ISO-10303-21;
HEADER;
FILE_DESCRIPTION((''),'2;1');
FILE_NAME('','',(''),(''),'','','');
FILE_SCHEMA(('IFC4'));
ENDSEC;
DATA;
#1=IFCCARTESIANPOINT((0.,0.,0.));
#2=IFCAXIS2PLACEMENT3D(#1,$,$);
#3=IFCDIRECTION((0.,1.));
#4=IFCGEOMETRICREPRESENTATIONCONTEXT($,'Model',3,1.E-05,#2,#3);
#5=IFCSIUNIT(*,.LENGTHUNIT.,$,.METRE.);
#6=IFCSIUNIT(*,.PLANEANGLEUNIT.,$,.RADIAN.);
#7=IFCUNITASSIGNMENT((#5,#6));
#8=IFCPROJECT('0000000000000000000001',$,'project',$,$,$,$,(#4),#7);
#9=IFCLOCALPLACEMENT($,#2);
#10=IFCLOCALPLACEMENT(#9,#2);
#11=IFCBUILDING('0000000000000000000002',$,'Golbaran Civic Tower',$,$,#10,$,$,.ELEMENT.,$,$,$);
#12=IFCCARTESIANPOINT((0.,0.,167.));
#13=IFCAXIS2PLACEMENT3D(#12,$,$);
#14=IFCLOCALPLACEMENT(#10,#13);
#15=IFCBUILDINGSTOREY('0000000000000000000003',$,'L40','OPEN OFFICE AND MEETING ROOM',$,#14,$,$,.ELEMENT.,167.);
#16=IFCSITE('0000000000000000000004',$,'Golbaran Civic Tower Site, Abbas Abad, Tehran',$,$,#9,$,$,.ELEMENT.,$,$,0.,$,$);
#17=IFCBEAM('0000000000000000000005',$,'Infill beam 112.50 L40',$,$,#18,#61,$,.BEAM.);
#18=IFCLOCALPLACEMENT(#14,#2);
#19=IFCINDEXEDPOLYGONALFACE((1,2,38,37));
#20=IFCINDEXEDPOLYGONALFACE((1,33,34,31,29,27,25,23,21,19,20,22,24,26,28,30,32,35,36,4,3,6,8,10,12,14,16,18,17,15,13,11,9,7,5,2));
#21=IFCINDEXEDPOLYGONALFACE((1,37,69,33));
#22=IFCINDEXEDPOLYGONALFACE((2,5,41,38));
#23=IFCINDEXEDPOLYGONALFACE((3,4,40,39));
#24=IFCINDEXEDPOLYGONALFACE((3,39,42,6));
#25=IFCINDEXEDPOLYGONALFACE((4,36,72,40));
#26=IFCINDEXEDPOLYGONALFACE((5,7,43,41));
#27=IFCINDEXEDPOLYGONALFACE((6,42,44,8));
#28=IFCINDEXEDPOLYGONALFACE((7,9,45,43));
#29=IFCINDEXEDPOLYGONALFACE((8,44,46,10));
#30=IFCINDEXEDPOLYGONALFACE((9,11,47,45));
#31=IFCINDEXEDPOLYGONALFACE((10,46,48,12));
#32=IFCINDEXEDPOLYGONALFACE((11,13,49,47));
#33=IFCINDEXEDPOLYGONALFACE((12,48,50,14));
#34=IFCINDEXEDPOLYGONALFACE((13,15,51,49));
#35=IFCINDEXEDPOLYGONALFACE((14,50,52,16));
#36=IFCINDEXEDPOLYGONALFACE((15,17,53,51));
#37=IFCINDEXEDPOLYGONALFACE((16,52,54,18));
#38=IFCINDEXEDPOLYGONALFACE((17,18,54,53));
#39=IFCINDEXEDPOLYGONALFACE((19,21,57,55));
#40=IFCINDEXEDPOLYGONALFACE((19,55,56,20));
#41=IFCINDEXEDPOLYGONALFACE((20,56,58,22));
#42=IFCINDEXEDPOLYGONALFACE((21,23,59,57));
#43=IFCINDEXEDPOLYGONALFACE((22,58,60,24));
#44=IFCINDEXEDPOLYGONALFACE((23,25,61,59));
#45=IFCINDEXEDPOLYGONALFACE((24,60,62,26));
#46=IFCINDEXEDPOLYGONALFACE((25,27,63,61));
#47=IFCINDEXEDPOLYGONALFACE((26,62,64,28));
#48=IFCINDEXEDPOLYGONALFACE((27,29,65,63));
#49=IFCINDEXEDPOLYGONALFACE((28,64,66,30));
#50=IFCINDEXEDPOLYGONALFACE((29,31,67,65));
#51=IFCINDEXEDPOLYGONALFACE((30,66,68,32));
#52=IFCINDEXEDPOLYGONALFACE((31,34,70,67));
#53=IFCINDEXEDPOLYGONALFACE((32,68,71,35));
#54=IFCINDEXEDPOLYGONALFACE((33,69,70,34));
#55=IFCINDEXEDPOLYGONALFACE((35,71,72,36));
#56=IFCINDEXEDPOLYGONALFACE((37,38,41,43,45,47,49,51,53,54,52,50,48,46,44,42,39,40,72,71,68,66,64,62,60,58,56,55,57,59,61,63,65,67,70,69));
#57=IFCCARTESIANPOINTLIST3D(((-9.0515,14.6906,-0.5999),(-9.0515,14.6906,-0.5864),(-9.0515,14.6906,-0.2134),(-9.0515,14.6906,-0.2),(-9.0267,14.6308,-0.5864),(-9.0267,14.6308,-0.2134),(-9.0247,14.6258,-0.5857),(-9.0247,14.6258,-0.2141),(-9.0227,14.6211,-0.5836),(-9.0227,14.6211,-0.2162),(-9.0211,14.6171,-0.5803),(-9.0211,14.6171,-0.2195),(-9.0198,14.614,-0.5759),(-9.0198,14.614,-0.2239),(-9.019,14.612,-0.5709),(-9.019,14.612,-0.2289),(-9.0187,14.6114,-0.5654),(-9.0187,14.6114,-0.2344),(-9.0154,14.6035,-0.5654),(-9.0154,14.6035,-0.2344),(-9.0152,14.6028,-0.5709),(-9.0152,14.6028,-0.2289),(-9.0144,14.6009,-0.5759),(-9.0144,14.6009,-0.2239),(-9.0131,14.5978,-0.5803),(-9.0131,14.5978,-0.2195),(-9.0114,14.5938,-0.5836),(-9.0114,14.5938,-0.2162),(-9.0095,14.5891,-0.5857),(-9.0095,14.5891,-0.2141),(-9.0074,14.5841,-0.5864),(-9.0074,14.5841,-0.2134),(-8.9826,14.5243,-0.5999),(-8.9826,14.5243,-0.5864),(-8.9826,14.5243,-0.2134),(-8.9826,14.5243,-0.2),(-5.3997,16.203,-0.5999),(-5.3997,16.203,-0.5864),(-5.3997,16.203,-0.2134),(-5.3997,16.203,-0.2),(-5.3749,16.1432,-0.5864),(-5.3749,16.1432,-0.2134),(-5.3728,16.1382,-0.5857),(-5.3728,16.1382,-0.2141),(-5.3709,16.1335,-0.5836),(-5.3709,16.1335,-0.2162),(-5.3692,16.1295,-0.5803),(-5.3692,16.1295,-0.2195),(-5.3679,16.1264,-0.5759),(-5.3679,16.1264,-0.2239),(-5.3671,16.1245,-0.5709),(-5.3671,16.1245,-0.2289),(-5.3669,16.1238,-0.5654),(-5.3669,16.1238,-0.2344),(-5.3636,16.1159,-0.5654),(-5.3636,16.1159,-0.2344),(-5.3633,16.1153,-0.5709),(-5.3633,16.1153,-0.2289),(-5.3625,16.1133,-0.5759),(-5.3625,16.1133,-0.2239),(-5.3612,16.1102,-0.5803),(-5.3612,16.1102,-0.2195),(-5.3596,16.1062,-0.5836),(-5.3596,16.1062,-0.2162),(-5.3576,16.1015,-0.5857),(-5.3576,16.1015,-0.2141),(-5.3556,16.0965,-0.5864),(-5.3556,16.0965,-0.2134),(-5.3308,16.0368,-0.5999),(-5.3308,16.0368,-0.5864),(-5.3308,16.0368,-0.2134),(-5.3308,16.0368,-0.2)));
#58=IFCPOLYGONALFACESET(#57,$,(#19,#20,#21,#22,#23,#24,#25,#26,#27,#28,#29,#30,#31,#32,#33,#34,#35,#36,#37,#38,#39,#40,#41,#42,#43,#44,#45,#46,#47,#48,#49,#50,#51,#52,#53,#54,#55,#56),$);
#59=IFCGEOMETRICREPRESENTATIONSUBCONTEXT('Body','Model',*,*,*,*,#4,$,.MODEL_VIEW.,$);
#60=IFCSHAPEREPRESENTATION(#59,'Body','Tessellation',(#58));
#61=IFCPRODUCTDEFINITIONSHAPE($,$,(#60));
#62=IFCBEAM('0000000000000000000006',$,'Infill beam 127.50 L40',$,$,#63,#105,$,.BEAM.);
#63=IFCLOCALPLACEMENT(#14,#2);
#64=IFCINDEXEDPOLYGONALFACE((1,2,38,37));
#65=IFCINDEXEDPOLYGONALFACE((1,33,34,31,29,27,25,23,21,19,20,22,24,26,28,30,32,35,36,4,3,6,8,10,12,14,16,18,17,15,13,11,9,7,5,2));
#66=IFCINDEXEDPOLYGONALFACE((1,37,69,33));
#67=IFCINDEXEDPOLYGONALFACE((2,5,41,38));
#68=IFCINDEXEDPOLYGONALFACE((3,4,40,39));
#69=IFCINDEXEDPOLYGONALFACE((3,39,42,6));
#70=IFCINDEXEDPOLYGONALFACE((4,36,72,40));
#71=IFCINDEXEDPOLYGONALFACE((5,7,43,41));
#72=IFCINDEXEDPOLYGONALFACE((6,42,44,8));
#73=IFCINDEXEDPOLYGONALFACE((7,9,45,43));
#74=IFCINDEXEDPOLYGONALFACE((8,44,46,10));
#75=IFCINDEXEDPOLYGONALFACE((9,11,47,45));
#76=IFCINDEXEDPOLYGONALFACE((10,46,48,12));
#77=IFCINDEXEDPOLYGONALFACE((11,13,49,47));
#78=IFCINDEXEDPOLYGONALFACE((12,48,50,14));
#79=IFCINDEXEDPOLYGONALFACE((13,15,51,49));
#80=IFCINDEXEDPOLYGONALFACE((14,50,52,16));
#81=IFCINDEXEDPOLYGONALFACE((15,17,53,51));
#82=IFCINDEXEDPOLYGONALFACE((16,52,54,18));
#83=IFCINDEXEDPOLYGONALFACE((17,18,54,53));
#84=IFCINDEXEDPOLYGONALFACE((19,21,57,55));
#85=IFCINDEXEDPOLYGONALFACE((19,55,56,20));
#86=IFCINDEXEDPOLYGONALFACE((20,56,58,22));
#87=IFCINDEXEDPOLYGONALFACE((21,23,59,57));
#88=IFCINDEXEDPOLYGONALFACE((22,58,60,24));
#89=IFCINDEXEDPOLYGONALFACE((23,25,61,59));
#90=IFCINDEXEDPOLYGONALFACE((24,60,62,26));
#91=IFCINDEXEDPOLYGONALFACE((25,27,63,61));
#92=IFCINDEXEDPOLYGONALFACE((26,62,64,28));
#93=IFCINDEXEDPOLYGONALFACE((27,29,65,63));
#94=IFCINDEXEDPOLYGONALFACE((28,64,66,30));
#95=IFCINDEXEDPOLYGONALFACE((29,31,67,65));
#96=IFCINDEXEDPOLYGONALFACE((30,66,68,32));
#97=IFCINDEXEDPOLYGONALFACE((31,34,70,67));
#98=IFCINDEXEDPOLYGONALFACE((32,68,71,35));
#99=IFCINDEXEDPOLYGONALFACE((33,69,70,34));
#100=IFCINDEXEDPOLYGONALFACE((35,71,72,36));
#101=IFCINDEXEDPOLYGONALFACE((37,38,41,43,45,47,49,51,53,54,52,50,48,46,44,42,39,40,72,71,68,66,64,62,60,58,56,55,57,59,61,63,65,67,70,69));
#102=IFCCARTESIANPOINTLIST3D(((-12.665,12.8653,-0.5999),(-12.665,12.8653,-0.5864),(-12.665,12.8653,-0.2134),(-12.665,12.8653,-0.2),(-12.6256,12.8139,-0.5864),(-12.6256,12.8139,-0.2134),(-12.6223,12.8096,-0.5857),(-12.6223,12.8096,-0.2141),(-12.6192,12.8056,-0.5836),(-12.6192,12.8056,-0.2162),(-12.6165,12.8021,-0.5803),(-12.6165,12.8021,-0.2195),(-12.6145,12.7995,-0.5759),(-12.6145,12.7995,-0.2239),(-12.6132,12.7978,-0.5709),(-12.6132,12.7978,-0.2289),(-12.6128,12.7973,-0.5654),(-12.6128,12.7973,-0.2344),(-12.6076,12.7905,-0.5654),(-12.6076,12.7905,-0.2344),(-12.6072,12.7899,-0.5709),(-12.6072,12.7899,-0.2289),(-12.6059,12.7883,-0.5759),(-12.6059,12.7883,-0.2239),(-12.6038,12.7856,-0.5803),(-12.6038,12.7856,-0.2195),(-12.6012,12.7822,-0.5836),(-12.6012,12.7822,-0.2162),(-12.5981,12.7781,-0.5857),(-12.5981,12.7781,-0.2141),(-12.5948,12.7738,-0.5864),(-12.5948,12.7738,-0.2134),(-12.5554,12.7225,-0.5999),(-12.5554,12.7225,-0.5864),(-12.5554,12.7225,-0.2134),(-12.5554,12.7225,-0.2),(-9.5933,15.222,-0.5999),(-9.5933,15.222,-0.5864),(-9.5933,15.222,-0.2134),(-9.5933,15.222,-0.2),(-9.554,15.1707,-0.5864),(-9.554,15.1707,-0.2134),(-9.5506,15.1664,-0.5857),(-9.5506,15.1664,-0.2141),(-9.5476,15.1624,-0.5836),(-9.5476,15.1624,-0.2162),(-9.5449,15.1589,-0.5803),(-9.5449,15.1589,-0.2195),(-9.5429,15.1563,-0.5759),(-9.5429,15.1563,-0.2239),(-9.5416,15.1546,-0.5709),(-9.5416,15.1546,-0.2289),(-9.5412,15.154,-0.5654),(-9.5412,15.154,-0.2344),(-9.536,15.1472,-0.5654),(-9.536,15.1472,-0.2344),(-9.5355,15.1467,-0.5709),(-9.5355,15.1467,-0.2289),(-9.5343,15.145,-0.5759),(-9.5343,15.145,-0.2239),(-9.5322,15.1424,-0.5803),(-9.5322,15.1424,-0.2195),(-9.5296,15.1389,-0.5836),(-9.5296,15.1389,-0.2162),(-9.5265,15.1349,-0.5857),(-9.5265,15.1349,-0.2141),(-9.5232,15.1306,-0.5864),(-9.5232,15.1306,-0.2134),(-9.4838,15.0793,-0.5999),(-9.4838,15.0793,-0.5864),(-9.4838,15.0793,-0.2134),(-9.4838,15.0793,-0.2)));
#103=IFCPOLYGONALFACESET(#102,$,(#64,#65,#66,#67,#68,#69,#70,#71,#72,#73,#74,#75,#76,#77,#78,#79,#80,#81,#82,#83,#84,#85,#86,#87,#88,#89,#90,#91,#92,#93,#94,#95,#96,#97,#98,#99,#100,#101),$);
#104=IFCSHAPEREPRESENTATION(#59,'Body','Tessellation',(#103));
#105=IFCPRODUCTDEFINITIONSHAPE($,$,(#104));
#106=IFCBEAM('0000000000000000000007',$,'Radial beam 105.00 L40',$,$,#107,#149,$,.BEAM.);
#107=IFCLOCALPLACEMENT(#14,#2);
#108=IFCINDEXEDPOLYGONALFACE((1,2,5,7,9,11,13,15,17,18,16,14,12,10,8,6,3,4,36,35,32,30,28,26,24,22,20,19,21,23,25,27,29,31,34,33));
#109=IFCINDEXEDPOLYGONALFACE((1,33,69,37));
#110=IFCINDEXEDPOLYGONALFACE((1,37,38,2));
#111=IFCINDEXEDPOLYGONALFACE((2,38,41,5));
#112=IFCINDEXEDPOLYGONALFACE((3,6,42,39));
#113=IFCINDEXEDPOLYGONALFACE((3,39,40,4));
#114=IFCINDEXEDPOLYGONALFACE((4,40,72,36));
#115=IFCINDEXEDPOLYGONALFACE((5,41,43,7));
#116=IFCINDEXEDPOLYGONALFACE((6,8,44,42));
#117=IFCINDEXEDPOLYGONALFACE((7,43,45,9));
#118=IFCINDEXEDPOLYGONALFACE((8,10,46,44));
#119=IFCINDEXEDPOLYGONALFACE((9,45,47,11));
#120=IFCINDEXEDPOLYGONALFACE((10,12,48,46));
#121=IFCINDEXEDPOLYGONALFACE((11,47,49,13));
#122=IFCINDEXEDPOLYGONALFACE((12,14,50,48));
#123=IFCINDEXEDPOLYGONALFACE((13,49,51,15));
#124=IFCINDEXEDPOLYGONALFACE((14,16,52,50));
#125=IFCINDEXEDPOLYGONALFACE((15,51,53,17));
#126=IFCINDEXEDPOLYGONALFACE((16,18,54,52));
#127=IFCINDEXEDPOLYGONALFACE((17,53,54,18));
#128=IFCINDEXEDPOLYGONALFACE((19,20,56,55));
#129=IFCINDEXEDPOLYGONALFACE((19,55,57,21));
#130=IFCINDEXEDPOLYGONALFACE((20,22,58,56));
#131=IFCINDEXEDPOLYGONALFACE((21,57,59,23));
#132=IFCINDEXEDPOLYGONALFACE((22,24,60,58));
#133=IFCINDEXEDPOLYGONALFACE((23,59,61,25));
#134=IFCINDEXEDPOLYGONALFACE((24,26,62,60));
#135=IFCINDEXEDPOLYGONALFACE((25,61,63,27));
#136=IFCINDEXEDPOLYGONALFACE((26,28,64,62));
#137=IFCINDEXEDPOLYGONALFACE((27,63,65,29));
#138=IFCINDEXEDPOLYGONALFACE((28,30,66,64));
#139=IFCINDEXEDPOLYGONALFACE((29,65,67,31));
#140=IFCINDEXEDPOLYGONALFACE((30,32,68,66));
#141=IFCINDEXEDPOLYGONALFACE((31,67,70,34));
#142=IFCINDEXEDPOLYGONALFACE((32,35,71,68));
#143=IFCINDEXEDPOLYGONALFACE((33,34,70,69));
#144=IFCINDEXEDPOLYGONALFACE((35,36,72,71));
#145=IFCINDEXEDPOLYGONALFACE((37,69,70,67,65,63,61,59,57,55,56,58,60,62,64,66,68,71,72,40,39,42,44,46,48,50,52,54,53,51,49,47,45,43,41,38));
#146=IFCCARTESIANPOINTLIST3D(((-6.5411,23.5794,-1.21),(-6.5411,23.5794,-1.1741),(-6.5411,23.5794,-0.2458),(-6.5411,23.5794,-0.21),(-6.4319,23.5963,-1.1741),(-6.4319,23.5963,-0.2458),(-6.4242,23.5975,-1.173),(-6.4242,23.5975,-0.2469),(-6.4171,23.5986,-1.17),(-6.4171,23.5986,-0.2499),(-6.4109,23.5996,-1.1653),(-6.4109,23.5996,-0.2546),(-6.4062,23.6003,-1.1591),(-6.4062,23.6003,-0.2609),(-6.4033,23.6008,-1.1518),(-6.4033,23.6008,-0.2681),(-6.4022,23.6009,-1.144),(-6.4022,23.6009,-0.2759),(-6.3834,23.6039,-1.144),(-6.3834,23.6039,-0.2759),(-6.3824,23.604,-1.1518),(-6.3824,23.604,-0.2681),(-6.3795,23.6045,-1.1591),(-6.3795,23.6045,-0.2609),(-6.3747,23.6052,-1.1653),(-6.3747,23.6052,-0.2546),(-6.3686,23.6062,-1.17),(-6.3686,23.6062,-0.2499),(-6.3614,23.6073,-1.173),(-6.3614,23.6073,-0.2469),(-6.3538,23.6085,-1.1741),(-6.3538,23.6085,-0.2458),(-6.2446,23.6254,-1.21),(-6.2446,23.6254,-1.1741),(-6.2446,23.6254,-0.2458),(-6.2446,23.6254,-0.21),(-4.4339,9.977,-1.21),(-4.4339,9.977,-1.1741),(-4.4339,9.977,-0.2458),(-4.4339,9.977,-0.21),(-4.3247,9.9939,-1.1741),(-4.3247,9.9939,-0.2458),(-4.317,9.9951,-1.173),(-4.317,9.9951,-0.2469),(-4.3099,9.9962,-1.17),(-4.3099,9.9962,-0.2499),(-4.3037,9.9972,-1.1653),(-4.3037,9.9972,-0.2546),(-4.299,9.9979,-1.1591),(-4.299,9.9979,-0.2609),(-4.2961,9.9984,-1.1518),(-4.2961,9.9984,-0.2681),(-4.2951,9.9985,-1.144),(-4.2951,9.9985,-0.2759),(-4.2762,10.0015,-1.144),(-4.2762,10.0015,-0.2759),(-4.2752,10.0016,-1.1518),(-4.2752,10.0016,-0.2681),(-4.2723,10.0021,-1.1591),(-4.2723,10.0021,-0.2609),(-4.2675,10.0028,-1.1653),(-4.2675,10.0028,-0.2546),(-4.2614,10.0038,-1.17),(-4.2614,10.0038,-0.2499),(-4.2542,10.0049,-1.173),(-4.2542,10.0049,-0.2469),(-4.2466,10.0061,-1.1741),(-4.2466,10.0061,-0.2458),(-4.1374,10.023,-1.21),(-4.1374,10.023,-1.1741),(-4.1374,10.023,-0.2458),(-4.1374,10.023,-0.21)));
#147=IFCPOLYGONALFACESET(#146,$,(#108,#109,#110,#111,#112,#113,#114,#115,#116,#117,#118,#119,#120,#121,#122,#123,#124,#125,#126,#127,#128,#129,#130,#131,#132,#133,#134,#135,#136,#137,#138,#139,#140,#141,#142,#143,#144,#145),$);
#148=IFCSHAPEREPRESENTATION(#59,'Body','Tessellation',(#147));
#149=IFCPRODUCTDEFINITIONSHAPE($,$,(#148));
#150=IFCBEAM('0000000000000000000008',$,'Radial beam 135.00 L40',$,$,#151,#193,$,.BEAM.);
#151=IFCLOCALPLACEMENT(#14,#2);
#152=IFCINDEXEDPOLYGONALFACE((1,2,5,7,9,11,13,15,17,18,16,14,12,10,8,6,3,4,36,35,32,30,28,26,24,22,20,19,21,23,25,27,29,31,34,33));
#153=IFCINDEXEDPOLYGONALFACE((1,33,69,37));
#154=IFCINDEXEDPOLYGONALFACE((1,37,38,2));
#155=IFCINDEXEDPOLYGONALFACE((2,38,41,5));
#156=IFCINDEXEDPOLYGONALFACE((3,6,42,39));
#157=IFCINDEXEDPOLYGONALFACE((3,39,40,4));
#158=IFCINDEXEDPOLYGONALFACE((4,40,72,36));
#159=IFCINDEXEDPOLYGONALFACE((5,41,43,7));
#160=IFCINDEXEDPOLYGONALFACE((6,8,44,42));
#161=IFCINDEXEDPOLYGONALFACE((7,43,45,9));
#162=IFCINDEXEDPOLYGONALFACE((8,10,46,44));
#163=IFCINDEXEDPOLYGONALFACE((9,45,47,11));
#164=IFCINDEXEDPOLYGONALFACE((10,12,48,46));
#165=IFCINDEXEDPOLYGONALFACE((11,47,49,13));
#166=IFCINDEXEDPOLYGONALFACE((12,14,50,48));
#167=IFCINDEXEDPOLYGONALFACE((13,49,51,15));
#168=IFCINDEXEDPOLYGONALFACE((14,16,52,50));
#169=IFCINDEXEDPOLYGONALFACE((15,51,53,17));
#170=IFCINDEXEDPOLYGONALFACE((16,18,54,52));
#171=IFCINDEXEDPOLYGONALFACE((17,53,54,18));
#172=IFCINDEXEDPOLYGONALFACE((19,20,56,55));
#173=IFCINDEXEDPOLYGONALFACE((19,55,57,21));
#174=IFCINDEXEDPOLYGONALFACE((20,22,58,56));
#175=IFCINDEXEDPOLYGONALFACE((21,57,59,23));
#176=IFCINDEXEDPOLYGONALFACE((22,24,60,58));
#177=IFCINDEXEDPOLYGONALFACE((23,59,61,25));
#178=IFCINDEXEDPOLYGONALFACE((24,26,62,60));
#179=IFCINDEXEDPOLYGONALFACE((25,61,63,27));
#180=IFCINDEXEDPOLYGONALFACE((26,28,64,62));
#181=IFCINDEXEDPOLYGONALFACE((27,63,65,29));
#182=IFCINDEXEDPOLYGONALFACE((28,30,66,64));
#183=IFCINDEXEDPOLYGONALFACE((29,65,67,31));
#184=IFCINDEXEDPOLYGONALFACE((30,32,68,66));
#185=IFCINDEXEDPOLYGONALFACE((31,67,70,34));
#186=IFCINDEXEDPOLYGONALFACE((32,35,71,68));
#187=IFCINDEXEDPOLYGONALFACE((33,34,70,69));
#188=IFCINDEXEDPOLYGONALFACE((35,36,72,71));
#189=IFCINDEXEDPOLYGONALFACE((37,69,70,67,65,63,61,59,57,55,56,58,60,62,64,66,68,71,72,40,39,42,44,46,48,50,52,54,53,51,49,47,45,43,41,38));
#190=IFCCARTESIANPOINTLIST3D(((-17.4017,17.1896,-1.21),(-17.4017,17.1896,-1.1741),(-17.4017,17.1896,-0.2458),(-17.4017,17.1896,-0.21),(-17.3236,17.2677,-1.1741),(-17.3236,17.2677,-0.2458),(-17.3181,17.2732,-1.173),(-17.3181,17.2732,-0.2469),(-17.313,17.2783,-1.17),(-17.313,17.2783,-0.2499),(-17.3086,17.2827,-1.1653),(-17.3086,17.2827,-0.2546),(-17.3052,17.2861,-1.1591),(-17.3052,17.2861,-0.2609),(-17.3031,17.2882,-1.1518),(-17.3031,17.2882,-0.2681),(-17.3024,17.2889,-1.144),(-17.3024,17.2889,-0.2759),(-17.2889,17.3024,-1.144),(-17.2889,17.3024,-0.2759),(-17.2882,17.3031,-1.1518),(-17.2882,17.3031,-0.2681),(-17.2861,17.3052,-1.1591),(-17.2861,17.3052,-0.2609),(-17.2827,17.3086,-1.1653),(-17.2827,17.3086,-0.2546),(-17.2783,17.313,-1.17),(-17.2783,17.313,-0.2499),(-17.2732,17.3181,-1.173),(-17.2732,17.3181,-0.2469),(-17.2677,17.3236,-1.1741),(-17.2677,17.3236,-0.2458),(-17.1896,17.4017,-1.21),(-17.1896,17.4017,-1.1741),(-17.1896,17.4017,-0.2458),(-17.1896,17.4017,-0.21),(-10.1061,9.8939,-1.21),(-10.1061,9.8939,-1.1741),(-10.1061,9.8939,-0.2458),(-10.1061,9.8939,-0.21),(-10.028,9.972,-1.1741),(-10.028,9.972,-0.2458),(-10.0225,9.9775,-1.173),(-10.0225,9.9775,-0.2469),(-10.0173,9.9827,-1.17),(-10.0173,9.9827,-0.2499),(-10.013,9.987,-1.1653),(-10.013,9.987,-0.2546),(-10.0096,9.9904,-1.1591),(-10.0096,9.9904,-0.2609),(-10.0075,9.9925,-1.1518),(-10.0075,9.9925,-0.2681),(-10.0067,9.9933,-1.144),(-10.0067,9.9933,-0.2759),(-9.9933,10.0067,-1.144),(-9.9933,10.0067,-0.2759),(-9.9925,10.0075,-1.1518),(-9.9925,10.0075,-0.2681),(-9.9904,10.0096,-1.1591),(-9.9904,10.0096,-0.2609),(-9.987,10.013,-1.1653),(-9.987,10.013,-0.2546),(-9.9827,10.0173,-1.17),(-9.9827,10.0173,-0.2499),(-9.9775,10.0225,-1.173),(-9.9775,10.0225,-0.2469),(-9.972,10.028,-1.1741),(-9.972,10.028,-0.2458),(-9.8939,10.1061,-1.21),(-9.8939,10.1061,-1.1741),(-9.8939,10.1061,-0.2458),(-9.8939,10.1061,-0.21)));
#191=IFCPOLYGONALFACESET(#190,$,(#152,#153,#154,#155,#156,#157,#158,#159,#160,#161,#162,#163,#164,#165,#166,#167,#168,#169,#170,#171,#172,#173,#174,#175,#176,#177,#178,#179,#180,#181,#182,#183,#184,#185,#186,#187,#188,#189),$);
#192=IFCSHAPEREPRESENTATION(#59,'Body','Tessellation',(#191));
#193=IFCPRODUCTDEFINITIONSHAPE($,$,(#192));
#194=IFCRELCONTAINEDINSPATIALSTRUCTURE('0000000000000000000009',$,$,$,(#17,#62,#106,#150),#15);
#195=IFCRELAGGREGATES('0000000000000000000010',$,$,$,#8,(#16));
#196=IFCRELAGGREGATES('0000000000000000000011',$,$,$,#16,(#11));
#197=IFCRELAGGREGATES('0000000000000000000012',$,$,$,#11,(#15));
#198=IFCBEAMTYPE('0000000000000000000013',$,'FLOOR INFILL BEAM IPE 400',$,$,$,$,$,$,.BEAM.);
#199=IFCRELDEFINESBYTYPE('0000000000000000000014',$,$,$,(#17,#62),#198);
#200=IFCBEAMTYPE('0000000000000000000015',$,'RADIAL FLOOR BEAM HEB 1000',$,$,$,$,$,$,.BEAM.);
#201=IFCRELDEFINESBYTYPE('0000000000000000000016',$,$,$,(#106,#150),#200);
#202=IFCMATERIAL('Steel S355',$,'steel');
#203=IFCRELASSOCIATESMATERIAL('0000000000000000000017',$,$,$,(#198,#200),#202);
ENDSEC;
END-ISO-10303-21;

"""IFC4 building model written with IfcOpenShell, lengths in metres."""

from ifc_helpers import new_model, si_unit, direction, frame, origin, origin_2d, place, context, subcontext, project, spatial, i_section, extrude, material, material_profile, profile_set, type_object, element, save


model = new_model("IFC4")

# Units and contexts
model_context = context("Model", 3, precision=1e-05, world=origin(), true_north=direction((0.0, 1.0)))
body_context = subcontext(model_context, "Body", "Model", "MODEL_VIEW")
ifc_project = project(units=[si_unit("LENGTHUNIT", "METRE"), si_unit("PLANEANGLEUNIT", "RADIAN")], contexts=[model_context])

# Site, building, storey
site_placement = place(None, origin())
site = spatial("IfcSite", under=ifc_project, at=site_placement, Name="Golbaran Civic Tower Site, Abbas Abad, Tehran", CompositionType="ELEMENT", RefElevation=0.0)
building_placement = place(site_placement, origin())
building = spatial("IfcBuilding", under=site, at=building_placement, Name="Golbaran Civic Tower", CompositionType="ELEMENT")
storey_placement = place(building_placement, frame((0.0, 0.0, 167.0)))
storey = spatial("IfcBuildingStorey", under=building, at=storey_placement, Name="L40", Description="OPEN OFFICE AND MEETING ROOM", CompositionType="ELEMENT", Elevation=167.0)

# Beams
ifc_material_1 = material(Name="Steel S355", Category="steel")
ifc_material_profile_1 = material_profile(ifc_material_1, i_section(OverallWidth=0.1799, OverallDepth=0.3999, WebThickness=0.0085, FlangeThickness=0.0134, FilletRadius=0.021, at=origin_2d()), Name="IPE 400")
ifc_profile_set_1 = profile_set([ifc_material_profile_1], Name="Steel S355")
beam_type_1 = type_object("IfcBeamType", Name="FLOOR INFILL BEAM IPE 400", PredefinedType="BEAM", material=ifc_profile_set_1)
beam_1_placement = place(storey_placement, frame((-5.3652, 16.1199, -0.3999), z_axis=(-0.923897, -0.382641, 0.0), x_axis=(0.382641, -0.923897, 0.0)))
element("IfcBeam", 1, at=beam_1_placement, inside=storey, type_object=beam_type_1, Name="Infill beam 112.50 L40", PredefinedType="BEAM", context=body_context, shape_type="SweptSolid", body=[
    extrude(i_section(OverallWidth=0.1799, OverallDepth=0.3999, WebThickness=0.0085, FlangeThickness=0.0134, FilletRadius=0.021, at=origin_2d()), origin(), (0.0, 0.0, 1.0), 3.9526),
])
beam_2_placement = place(storey_placement, frame((-9.5386, 15.1506, -0.3999), z_axis=(-0.793376, -0.608732, 0.0), x_axis=(0.608732, -0.793376, 0.0)))
element("IfcBeam", 2, at=beam_2_placement, inside=storey, type_object=beam_type_1, Name="Infill beam 127.50 L40", PredefinedType="BEAM", context=body_context, shape_type="SweptSolid", body=[
    extrude(i_section(OverallWidth=0.1799, OverallDepth=0.3999, WebThickness=0.0085, FlangeThickness=0.0134, FilletRadius=0.021, at=origin_2d()), origin(), (0.0, 0.0, 1.0), 3.8716),
])
ifc_material_profile_2 = material_profile(ifc_material_1, i_section(OverallWidth=0.3, OverallDepth=1.0, WebThickness=0.019, FlangeThickness=0.0359, FilletRadius=0.03, at=origin_2d()), Name="HEB 1000")
ifc_profile_set_2 = profile_set([ifc_material_profile_2], Name="Steel S355")
beam_type_2 = type_object("IfcBeamType", Name="RADIAL FLOOR BEAM HEB 1000", PredefinedType="BEAM", material=ifc_profile_set_2)
beam_3_placement = place(storey_placement, frame((-4.2856, 10.0, -0.71), z_axis=(-0.153087, 0.988213, 0.0), x_axis=(-0.988213, -0.153087, 0.0)))
element("IfcBeam", 3, at=beam_3_placement, inside=storey, type_object=beam_type_2, Name="Radial beam 105.00 L40", PredefinedType="BEAM", context=body_context, shape_type="SweptSolid", body=[
    extrude(i_section(OverallWidth=0.3, OverallDepth=1.0, WebThickness=0.019, FlangeThickness=0.0359, FilletRadius=0.03, at=origin_2d()), origin(), (0.0, 0.0, 1.0), 13.7646),
])
beam_4_placement = place(storey_placement, frame((-10.0, 10.0, -0.71), z_axis=(-0.707107, 0.707107, 0.0), x_axis=(-0.707107, -0.707107, 0.0)))
element("IfcBeam", 4, at=beam_4_placement, inside=storey, type_object=beam_type_2, Name="Radial beam 135.00 L40", PredefinedType="BEAM", context=body_context, shape_type="SweptSolid", body=[
    extrude(i_section(OverallWidth=0.3, OverallDepth=1.0, WebThickness=0.019, FlangeThickness=0.0359, FilletRadius=0.03, at=origin_2d()), origin(), (0.0, 0.0, 1.0), 10.3176),
])

save(model, "model.ifc")
